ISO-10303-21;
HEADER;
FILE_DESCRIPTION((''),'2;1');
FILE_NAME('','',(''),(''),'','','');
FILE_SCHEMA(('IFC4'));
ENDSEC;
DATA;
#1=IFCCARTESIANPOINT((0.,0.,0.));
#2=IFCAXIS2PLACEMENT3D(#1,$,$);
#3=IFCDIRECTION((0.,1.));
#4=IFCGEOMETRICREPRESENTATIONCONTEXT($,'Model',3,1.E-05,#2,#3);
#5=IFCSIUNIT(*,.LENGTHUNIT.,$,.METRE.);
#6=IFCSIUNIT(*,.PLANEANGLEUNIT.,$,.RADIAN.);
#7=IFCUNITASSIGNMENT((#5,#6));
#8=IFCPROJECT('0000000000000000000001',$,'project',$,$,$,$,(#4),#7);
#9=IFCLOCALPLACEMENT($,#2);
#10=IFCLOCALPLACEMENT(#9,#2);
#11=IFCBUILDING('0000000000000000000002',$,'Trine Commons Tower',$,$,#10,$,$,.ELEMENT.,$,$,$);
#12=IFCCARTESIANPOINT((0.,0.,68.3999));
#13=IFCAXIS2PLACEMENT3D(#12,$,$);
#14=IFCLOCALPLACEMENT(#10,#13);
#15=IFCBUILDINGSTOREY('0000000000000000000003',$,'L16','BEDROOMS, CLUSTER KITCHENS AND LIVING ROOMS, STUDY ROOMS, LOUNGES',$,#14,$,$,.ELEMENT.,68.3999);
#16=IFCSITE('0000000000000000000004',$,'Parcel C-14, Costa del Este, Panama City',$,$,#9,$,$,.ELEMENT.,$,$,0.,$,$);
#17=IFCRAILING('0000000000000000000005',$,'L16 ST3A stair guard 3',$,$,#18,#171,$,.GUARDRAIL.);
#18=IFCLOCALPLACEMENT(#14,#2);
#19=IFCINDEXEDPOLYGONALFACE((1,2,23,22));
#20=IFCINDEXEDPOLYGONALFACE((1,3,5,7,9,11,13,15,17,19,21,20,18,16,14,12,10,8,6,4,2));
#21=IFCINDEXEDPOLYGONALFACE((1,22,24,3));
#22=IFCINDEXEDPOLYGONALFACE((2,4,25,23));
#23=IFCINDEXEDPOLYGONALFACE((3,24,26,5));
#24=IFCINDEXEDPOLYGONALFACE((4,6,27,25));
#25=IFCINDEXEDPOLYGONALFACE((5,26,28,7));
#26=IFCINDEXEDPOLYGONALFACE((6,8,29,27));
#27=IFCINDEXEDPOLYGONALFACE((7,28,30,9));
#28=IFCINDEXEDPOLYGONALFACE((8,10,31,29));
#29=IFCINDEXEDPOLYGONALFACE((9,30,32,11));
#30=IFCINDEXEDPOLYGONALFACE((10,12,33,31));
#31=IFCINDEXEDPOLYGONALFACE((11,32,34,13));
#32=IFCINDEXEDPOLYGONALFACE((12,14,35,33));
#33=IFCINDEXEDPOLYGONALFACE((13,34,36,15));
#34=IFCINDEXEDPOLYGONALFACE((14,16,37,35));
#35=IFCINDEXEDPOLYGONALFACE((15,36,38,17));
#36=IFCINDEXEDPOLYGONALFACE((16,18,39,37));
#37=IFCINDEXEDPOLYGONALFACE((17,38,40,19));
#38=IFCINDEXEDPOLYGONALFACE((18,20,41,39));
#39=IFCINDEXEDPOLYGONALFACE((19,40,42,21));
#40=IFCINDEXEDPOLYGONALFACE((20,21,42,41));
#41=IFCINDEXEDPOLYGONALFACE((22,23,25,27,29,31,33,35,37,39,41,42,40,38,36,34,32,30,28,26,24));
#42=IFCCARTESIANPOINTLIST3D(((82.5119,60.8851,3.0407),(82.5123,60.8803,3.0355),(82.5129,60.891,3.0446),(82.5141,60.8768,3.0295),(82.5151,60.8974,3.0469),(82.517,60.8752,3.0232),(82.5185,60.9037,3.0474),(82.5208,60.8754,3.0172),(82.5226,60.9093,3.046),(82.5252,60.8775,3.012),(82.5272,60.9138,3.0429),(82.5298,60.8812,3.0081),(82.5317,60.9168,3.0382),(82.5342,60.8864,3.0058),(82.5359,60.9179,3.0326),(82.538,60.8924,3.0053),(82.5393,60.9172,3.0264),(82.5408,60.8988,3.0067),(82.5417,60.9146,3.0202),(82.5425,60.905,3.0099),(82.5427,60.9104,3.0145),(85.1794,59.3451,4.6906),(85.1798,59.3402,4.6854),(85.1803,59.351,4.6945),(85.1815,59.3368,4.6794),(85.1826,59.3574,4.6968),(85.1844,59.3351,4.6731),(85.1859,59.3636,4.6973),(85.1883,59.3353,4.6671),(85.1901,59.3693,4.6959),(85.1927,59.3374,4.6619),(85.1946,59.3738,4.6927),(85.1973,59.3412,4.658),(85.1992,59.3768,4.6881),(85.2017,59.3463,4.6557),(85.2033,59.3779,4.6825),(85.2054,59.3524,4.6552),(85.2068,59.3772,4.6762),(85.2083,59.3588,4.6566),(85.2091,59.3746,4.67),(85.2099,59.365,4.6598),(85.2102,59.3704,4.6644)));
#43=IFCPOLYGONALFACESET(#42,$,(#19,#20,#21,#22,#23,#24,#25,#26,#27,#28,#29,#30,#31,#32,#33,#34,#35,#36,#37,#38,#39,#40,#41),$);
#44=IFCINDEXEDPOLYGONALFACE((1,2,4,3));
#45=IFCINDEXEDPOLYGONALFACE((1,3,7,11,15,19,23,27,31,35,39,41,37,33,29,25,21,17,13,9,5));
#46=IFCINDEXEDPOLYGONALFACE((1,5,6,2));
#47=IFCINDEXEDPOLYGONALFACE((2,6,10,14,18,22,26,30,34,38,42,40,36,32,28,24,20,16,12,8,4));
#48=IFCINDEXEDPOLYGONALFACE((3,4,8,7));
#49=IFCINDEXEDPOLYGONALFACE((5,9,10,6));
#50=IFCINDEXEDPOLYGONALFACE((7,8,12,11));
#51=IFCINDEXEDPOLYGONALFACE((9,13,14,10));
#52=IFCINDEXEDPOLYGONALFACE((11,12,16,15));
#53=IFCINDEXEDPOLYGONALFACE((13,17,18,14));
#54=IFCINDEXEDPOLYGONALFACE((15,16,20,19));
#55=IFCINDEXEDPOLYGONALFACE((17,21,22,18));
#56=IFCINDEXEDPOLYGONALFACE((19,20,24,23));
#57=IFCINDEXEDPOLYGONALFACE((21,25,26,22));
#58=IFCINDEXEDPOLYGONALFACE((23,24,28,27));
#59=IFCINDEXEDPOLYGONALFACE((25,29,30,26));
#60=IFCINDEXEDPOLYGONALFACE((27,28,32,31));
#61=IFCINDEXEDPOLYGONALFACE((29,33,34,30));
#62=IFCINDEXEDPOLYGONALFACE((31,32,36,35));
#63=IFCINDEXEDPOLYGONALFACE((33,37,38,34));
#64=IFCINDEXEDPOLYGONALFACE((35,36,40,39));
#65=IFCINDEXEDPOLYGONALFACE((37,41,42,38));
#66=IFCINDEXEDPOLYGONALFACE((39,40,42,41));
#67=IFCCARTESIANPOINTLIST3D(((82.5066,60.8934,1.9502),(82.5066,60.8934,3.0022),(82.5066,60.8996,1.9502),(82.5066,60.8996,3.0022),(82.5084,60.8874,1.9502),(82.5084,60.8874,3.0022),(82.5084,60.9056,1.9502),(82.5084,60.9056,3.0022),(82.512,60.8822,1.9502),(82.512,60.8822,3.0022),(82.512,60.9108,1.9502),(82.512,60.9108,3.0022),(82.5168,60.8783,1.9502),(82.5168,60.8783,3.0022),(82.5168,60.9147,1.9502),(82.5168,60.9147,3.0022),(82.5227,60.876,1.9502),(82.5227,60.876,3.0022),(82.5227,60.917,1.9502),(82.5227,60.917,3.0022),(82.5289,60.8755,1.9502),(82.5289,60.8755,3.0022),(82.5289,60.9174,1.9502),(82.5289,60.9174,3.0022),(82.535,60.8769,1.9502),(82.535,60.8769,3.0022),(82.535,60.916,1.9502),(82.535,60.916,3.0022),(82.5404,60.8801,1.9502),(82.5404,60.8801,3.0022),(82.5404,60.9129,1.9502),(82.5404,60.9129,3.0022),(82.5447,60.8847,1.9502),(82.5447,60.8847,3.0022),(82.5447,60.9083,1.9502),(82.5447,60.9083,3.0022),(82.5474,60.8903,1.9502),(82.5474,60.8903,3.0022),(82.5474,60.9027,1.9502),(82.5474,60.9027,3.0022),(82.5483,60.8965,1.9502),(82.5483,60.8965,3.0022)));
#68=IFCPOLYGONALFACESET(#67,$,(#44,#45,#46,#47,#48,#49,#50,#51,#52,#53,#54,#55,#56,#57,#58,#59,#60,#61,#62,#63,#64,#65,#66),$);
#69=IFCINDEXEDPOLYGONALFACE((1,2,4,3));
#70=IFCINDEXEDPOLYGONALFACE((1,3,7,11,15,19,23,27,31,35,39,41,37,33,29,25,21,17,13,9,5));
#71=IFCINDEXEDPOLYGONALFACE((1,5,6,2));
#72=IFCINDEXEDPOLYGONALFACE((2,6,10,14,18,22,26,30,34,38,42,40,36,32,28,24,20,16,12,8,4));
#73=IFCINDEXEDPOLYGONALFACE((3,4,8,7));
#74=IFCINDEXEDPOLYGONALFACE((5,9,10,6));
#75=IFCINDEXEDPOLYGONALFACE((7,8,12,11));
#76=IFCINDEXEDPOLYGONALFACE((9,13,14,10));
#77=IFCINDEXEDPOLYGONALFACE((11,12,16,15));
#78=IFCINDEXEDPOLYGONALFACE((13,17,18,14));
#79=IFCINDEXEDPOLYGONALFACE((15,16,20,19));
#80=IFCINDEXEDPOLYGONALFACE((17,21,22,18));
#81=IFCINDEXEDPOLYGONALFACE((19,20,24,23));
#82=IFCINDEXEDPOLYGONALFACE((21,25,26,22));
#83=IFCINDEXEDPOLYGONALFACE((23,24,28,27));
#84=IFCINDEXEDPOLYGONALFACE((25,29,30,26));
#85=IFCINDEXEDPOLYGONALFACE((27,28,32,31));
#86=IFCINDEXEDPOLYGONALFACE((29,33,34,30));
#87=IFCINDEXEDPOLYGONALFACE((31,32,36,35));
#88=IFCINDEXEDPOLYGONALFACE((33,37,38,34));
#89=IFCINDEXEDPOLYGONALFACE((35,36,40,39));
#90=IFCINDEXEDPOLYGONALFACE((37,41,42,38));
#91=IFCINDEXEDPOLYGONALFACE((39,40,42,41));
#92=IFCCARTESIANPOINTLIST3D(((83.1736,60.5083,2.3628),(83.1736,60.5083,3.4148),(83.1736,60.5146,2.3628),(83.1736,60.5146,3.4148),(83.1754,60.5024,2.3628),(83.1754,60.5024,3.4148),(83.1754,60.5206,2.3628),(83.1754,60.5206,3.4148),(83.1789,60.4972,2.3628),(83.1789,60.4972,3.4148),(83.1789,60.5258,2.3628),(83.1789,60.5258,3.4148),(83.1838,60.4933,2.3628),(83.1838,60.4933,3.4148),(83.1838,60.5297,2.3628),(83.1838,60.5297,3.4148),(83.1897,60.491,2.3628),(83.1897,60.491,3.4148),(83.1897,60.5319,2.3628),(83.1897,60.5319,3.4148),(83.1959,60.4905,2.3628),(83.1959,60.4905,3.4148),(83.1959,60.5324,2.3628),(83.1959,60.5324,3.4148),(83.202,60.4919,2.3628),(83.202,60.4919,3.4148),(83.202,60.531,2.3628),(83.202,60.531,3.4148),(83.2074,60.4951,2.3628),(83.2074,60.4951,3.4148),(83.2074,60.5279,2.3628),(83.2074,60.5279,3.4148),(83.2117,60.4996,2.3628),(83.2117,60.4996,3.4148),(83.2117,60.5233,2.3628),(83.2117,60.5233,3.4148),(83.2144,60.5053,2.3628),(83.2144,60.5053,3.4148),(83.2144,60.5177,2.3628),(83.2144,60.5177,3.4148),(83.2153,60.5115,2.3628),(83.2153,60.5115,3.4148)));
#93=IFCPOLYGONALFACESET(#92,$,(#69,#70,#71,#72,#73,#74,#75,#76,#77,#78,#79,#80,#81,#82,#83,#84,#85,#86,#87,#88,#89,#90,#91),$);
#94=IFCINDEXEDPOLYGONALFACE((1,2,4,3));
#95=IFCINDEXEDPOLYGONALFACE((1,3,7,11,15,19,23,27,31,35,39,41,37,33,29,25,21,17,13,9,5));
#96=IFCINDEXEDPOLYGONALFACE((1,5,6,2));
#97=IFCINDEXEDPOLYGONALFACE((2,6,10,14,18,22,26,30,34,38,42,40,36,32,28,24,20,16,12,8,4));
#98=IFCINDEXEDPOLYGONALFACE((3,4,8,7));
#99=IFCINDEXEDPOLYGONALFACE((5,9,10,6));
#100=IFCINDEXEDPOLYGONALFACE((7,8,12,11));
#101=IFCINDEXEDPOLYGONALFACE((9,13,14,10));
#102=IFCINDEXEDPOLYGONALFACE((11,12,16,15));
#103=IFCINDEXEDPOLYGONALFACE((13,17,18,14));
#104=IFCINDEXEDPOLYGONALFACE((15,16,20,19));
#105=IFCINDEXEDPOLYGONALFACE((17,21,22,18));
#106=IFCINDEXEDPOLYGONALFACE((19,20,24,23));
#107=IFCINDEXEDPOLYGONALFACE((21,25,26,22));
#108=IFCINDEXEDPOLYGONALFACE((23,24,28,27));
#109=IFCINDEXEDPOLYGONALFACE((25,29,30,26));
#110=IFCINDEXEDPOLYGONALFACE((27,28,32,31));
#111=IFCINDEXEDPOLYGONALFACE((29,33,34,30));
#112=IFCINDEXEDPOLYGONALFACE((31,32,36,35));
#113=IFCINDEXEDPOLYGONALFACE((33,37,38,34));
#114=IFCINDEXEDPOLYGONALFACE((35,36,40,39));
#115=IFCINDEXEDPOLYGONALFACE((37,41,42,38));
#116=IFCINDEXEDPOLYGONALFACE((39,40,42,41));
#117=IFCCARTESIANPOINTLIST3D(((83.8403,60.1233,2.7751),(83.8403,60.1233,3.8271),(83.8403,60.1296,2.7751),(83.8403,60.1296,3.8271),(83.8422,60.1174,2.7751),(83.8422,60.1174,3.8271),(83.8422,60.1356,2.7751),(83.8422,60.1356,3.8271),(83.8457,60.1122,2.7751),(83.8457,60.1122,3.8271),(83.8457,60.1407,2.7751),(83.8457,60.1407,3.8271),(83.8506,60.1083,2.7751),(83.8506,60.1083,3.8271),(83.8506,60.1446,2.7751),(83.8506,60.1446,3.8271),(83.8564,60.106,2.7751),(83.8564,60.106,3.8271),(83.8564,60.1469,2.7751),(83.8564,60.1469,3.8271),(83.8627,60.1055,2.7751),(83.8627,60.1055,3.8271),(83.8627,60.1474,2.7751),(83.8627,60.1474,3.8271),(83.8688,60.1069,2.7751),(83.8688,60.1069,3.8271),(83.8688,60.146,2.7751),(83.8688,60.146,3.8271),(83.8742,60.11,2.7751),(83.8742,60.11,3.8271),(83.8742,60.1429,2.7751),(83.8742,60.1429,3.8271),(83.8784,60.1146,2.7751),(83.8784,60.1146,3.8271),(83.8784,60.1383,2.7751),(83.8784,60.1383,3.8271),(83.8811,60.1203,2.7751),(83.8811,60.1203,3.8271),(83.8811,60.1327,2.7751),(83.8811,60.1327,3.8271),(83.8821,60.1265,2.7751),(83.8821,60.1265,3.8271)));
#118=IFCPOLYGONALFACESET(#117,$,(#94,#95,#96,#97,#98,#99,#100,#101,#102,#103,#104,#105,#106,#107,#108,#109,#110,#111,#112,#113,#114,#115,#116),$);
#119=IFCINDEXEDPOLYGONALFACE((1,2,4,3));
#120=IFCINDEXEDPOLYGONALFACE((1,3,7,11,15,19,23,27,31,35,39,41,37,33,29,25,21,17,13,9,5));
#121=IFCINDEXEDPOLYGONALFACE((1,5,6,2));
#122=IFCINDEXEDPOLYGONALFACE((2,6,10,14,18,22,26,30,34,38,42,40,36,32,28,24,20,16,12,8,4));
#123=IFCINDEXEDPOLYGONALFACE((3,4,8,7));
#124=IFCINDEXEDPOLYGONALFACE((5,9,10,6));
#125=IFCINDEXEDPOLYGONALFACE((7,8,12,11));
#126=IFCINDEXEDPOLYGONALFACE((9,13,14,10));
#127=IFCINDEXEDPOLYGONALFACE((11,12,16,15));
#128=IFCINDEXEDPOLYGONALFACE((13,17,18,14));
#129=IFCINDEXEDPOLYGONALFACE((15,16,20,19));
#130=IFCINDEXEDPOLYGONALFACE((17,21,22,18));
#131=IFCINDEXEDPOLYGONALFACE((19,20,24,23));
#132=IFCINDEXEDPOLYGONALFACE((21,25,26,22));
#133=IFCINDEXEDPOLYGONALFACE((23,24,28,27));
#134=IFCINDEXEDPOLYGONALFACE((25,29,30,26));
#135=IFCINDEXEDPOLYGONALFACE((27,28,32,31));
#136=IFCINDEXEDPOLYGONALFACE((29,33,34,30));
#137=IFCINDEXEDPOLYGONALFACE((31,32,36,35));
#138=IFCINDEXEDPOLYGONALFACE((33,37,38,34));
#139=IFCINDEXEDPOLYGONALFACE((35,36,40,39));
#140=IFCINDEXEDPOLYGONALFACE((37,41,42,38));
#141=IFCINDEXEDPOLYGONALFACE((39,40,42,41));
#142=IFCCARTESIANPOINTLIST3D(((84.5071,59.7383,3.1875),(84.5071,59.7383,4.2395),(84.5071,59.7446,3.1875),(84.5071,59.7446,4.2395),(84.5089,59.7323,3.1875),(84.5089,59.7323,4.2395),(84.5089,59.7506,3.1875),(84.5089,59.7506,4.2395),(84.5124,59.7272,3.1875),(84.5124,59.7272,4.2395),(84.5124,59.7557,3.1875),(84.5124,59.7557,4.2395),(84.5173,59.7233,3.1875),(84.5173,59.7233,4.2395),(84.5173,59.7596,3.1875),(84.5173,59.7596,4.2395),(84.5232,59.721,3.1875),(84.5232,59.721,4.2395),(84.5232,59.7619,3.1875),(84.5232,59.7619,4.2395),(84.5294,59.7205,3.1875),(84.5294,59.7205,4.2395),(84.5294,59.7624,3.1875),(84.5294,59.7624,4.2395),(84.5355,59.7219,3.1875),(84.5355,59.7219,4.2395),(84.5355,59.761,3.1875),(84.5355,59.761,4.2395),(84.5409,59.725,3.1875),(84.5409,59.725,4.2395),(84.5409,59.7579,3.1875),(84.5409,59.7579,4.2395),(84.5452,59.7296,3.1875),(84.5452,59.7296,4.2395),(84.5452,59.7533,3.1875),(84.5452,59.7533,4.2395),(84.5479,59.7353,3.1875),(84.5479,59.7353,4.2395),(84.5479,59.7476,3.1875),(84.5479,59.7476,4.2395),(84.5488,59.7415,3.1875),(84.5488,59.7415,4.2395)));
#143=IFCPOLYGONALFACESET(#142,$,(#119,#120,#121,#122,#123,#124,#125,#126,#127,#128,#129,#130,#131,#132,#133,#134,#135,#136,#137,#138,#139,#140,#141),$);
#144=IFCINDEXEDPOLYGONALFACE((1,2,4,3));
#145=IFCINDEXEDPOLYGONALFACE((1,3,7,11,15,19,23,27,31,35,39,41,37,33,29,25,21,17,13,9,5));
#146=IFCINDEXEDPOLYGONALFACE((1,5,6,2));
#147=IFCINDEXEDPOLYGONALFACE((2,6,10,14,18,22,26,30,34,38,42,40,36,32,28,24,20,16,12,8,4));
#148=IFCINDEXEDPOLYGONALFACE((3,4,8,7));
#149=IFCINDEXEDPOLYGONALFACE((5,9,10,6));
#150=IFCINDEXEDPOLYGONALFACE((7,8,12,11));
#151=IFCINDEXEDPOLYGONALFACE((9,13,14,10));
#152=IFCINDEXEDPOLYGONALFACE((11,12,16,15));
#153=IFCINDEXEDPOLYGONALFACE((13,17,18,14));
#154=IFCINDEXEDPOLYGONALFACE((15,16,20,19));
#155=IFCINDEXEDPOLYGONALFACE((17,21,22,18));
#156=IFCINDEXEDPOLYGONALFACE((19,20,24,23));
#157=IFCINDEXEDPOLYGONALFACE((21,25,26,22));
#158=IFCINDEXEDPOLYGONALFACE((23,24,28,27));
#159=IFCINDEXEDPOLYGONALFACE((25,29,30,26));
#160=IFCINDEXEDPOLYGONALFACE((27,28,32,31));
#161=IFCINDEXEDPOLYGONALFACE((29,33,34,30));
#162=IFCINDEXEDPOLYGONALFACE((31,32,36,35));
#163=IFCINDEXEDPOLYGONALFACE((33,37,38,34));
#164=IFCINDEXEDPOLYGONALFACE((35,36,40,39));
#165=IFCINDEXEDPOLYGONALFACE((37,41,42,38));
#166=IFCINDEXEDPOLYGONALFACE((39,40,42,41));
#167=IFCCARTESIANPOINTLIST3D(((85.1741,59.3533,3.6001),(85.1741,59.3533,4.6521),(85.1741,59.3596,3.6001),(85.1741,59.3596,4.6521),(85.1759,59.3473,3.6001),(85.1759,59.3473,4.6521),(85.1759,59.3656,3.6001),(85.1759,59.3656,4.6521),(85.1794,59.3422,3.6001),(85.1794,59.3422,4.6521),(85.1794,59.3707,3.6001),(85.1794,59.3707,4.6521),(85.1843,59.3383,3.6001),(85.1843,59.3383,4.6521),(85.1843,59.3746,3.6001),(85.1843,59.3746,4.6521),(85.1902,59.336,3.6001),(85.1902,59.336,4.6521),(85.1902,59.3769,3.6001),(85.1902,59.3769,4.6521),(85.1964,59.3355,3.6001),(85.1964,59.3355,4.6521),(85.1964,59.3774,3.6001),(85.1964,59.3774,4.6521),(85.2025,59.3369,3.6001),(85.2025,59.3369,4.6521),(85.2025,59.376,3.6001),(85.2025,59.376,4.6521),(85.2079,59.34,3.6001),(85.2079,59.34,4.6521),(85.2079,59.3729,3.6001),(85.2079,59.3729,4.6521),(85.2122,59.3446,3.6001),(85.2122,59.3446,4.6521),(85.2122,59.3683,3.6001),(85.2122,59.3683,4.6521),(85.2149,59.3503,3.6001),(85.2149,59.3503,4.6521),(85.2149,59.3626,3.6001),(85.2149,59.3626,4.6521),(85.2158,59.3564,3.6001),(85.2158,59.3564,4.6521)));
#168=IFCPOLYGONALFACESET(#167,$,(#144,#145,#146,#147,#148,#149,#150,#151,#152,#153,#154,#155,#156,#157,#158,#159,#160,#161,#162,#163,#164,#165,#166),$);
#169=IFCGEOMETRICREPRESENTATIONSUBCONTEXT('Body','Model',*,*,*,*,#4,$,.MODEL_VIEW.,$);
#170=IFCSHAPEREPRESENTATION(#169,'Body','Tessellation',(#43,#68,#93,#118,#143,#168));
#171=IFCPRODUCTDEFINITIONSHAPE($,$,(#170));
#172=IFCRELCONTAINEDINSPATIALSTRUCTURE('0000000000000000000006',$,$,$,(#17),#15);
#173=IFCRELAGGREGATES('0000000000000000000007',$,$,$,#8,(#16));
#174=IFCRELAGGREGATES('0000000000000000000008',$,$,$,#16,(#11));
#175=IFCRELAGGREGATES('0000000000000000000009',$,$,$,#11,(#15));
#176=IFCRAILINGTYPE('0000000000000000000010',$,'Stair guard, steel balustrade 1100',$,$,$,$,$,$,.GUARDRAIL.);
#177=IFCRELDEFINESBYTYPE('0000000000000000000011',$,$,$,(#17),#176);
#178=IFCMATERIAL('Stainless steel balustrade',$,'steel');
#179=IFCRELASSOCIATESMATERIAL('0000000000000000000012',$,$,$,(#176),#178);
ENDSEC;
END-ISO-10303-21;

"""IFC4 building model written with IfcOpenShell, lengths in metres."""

from ifc_helpers import new_model, si_unit, direction, frame, origin, origin_2d, place, context, subcontext, project, spatial, circle, extrude, material, type_object, element, save


model = new_model("IFC4")

# Units and contexts
model_context = context("Model", 3, precision=1e-05, world=origin(), true_north=direction((0.0, 1.0)))
body_context = subcontext(model_context, "Body", "Model", "MODEL_VIEW")
ifc_project = project(units=[si_unit("LENGTHUNIT", "METRE"), si_unit("PLANEANGLEUNIT", "RADIAN")], contexts=[model_context])

# Site, building, storey
site_placement = place(None, origin())
site = spatial("IfcSite", under=ifc_project, at=site_placement, Name="Parcel C-14, Costa del Este, Panama City", CompositionType="ELEMENT", RefElevation=0.0)
building_placement = place(site_placement, origin())
building = spatial("IfcBuilding", under=site, at=building_placement, Name="Trine Commons Tower", CompositionType="ELEMENT")
storey_placement = place(building_placement, frame((0.0, 0.0, 68.3999)))
storey = spatial("IfcBuildingStorey", under=building, at=storey_placement, Name="L16", Description="BEDROOMS, CLUSTER KITCHENS AND LIVING ROOMS, STUDY ROOMS, LOUNGES", CompositionType="ELEMENT", Elevation=68.3999)

# Railing
ifc_material_1 = material(Name="Stainless steel balustrade", Category="steel")
railing_type_1 = type_object("IfcRailingType", Name="Stair guard, steel balustrade 1100", PredefinedType="GUARDRAIL", material=ifc_material_1)
railing_1_placement = place(storey_placement, frame((82.5273, 60.8965, 1.9502)))
element("IfcRailing", 1, at=railing_1_placement, inside=storey, type_object=railing_type_1, Name="L16 ST3A stair guard 3", PredefinedType="GUARDRAIL", context=body_context, shape_type="SweptSolid", body=[
    extrude(circle(Radius=0.0239, at=origin_2d()), frame((0.0, 0.0, 1.0762), z_axis=(0.763405, -0.440743, 0.472185), x_axis=(0.499992, 0.86603, 0.0)), (0.0, 0.0, 1.0), 3.4941),
    extrude(circle(Radius=0.021, at=origin_2d()), origin(), (0.0, 0.0, 1.0), 1.052),
    extrude(circle(Radius=0.021, at=origin_2d()), frame((0.667, -0.385, 0.4126)), (0.0, 0.0, 1.0), 1.052),
    extrude(circle(Radius=0.021, at=origin_2d()), frame((1.3337, -0.77, 0.825)), (0.0, 0.0, 1.0), 1.052),
    extrude(circle(Radius=0.021, at=origin_2d()), frame((2.0005, -1.155, 1.2373)), (0.0, 0.0, 1.0), 1.052),
    extrude(circle(Radius=0.021, at=origin_2d()), frame((2.6675, -1.54, 1.6499)), (0.0, 0.0, 1.0), 1.052),
])

save(model, "model.ifc")
